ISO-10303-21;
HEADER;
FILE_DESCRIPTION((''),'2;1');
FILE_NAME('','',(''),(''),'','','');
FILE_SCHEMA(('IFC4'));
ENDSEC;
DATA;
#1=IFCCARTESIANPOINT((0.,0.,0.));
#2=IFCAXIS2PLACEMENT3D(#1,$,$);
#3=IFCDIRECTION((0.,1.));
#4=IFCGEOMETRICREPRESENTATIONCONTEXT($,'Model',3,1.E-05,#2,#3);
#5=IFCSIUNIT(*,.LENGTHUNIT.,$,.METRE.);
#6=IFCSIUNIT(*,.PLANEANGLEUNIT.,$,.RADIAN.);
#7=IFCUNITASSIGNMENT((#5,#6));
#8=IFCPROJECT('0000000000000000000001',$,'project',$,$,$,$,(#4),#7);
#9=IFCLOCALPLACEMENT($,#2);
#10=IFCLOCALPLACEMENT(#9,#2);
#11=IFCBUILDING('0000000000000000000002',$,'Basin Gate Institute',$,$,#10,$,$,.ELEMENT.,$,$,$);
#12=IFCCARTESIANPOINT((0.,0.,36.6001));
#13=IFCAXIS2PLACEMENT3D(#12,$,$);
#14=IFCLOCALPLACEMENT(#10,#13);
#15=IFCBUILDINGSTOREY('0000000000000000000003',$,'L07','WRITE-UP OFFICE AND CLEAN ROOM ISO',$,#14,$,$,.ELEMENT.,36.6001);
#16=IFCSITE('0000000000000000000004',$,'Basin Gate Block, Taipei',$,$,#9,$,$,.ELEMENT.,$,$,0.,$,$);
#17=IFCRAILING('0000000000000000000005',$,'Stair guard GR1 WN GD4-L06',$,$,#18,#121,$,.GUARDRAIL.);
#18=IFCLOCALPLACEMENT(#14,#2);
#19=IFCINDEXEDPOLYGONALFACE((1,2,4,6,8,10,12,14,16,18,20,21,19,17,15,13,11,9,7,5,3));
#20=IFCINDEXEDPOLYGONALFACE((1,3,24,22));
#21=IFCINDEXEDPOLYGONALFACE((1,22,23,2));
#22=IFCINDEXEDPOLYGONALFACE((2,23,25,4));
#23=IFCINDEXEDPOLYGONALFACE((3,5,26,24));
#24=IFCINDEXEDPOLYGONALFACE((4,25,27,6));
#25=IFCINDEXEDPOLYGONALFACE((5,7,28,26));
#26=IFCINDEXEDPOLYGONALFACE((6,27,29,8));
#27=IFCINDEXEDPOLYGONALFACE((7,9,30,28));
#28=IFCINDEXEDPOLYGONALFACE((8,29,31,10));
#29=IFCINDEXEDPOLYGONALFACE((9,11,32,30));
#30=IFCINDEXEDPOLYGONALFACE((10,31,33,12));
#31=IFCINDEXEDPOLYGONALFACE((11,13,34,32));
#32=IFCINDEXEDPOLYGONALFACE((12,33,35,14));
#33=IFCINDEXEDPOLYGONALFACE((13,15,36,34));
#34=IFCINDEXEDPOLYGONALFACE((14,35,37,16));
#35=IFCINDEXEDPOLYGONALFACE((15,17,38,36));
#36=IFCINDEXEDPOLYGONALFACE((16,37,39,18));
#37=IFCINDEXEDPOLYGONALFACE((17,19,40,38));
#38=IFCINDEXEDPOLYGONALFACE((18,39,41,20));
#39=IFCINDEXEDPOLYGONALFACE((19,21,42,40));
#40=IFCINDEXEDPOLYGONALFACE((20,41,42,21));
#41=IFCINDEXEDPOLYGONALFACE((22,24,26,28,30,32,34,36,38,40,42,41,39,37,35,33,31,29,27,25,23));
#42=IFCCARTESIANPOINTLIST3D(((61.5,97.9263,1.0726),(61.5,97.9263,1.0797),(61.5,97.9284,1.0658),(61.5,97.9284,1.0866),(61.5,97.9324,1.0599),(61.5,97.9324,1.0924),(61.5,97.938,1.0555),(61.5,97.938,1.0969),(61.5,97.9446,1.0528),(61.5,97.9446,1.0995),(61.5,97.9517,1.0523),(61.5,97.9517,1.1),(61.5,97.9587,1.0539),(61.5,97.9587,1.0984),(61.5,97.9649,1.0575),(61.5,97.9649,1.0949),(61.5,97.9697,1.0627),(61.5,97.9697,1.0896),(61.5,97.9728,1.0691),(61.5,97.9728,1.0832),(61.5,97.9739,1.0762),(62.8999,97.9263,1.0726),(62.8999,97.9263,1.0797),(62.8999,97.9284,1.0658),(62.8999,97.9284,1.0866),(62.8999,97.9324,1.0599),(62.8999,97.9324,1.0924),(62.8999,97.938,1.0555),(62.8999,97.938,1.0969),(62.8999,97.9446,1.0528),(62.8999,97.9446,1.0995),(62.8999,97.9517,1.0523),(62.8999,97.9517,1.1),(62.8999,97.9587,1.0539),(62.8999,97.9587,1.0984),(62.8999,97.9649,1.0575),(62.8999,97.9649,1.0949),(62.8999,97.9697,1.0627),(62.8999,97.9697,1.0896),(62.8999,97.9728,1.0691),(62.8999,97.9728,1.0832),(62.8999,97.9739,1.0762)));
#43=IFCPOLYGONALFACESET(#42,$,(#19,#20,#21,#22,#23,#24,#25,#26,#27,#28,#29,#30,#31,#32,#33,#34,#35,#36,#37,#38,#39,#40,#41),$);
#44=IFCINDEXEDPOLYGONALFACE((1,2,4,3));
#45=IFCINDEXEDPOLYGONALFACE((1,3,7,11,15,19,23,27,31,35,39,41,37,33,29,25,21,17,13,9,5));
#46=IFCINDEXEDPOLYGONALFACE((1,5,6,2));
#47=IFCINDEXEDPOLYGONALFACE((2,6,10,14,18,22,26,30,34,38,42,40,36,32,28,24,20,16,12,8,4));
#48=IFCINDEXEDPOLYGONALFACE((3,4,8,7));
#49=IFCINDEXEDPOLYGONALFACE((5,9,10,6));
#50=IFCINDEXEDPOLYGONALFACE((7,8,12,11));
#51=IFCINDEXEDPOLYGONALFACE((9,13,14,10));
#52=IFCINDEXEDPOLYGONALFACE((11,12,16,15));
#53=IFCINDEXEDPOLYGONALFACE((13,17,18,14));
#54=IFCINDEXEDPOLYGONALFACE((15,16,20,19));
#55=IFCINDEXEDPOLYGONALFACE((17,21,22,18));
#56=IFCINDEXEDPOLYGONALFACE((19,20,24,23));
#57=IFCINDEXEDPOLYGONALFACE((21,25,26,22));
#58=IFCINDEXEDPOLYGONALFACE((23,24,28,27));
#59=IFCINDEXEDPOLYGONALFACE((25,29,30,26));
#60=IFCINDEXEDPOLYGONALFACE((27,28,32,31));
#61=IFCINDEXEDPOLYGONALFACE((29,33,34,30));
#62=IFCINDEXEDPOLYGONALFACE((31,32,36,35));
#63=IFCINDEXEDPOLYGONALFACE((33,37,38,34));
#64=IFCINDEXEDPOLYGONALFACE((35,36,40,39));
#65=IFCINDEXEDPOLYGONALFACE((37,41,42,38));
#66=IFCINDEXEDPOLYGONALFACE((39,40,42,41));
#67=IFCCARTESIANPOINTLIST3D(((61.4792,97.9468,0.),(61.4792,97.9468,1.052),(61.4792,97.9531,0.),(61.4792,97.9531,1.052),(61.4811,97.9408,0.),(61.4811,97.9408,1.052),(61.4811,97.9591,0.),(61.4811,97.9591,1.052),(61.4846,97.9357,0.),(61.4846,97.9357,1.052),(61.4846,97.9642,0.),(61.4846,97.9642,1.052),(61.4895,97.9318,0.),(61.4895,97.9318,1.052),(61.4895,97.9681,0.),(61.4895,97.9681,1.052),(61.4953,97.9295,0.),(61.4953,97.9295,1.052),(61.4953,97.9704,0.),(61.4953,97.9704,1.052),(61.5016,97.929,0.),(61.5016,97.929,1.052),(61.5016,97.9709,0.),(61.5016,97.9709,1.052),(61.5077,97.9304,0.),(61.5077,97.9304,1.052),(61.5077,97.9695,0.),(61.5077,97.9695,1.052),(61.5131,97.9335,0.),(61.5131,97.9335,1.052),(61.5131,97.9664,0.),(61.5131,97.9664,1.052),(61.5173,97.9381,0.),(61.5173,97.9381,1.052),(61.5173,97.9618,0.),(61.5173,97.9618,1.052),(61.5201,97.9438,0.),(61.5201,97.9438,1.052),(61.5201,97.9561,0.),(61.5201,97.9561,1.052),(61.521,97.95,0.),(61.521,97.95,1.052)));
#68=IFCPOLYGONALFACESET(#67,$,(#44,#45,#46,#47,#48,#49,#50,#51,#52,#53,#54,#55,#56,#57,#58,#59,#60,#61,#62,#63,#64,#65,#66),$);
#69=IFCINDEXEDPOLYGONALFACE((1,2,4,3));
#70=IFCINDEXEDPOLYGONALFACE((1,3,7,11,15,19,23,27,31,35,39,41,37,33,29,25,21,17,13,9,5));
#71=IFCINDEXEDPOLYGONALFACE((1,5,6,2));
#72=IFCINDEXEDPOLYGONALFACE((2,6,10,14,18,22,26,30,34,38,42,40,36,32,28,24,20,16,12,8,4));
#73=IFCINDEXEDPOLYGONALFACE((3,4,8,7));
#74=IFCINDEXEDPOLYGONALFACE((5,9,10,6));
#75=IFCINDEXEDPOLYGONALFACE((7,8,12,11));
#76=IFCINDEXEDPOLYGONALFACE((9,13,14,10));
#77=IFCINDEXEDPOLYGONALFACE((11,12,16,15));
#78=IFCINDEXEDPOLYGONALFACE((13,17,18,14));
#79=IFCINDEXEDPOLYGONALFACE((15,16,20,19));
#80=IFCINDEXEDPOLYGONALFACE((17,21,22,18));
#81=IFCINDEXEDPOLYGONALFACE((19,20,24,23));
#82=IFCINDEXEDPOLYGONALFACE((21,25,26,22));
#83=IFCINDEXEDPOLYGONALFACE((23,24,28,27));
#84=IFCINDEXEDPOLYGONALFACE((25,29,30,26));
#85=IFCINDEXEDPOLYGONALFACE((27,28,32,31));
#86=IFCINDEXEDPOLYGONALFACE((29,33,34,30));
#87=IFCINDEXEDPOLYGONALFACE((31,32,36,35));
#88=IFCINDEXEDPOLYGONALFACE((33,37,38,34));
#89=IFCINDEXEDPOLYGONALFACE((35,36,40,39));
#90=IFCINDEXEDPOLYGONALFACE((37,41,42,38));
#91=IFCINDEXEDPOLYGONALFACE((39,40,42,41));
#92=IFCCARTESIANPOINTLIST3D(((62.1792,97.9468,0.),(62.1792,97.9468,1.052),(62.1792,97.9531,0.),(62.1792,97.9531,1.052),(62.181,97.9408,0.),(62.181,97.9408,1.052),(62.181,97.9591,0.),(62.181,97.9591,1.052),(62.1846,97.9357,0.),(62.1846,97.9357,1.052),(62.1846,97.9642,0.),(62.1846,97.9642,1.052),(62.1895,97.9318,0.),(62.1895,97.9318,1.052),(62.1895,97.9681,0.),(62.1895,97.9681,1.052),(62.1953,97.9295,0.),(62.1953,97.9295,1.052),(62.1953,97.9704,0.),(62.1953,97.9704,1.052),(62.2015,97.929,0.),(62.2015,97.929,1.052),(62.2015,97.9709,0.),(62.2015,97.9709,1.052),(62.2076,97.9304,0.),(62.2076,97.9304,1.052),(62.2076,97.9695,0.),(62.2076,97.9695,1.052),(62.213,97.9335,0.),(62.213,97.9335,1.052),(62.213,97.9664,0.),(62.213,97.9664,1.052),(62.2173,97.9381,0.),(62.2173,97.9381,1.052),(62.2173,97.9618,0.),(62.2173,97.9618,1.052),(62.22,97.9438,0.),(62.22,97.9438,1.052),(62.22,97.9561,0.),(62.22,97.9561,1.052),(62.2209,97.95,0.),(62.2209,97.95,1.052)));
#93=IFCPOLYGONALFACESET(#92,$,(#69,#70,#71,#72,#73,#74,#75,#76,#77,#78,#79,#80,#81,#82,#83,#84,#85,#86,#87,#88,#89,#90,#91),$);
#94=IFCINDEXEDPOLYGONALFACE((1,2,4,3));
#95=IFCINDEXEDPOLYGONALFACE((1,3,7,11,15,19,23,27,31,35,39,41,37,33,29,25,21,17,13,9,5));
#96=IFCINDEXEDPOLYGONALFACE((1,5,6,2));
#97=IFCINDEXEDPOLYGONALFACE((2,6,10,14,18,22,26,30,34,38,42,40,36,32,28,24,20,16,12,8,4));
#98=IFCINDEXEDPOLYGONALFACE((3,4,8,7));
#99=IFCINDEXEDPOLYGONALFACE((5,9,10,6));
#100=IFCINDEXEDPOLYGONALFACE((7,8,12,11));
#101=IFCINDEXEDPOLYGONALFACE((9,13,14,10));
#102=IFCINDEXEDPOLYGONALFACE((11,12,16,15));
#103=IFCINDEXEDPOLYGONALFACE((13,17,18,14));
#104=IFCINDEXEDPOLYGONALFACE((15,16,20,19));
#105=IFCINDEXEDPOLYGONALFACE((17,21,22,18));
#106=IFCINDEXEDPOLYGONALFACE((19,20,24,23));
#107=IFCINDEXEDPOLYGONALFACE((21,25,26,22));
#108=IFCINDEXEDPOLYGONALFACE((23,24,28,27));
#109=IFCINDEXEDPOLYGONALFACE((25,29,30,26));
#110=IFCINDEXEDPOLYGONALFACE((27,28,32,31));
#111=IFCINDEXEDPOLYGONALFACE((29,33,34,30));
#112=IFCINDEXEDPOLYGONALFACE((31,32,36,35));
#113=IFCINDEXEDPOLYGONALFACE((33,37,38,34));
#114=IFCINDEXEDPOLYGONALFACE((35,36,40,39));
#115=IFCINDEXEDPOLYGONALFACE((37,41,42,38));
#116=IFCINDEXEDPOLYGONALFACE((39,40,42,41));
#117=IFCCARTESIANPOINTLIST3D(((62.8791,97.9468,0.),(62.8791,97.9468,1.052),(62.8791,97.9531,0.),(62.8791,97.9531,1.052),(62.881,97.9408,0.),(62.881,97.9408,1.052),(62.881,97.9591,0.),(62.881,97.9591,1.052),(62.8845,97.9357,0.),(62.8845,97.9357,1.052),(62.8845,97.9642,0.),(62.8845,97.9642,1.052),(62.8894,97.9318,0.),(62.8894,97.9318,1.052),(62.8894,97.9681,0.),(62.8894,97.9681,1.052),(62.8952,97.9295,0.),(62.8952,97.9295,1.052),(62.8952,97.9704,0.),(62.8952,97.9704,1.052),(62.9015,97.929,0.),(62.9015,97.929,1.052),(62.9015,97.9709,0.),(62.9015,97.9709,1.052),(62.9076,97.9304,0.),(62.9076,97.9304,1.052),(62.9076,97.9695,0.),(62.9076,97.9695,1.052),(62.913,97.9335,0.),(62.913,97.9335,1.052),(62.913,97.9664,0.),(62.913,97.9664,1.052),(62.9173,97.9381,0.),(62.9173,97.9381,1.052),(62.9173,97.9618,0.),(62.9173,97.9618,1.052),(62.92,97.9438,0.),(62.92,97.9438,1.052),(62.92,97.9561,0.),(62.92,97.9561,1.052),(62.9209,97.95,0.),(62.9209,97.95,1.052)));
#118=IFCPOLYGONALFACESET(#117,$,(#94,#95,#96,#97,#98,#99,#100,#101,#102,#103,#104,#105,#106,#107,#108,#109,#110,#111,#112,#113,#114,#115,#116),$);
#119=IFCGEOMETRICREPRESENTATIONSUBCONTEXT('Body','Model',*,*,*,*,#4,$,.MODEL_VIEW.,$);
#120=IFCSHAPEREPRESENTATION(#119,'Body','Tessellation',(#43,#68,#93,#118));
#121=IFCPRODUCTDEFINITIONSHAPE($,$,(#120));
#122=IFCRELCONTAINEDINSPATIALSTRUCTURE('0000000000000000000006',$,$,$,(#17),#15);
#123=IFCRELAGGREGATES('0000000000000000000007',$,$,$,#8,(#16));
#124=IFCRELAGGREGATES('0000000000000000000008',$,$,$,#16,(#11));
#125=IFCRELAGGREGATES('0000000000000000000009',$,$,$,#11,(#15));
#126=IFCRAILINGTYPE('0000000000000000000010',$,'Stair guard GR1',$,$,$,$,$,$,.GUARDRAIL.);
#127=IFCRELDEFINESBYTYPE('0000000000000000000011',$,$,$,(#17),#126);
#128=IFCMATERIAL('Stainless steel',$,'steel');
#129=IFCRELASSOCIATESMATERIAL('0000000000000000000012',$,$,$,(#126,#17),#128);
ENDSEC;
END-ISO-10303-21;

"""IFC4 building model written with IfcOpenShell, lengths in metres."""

from ifc_helpers import new_model, si_unit, direction, frame, origin, origin_2d, place, context, subcontext, project, spatial, circle, extrude, material, type_object, element, save


model = new_model("IFC4")

# Units and contexts
model_context = context("Model", 3, precision=1e-05, world=origin(), true_north=direction((0.0, 1.0)))
body_context = subcontext(model_context, "Body", "Model", "MODEL_VIEW")
ifc_project = project(units=[si_unit("LENGTHUNIT", "METRE"), si_unit("PLANEANGLEUNIT", "RADIAN")], contexts=[model_context])

# Site, building, storey
site_placement = place(None, origin())
site = spatial("IfcSite", under=ifc_project, at=site_placement, Name="Basin Gate Block, Taipei", CompositionType="ELEMENT", RefElevation=0.0)
building_placement = place(site_placement, origin())
building = spatial("IfcBuilding", under=site, at=building_placement, Name="Basin Gate Institute", CompositionType="ELEMENT")
storey_placement = place(building_placement, frame((0.0, 0.0, 36.6001)))
storey = spatial("IfcBuildingStorey", under=building, at=storey_placement, Name="L07", Description="WRITE-UP OFFICE AND CLEAN ROOM ISO", CompositionType="ELEMENT", Elevation=36.6001)

# Railing
ifc_material_1 = material(Name="Stainless steel", Category="steel")
railing_type_1 = type_object("IfcRailingType", Name="Stair guard GR1", PredefinedType="GUARDRAIL", material=ifc_material_1)
railing_1_placement = place(storey_placement, frame((61.5, 97.95, 0.0)))
element("IfcRailing", 1, at=railing_1_placement, inside=storey, type_object=railing_type_1, material=ifc_material_1, Name="Stair guard GR1 WN GD4-L06", PredefinedType="GUARDRAIL", context=body_context, shape_type="SweptSolid", body=[
    extrude(circle(Radius=0.0239, at=origin_2d()), frame((0.0, 0.0, 1.0762), z_axis=(1.0, 0.0, 0.0), x_axis=(0.0, 1.0, 0.0)), (0.0, 0.0, 1.0), 1.3999),
    extrude(circle(Radius=0.021, at=origin_2d()), origin(), (0.0, 0.0, 1.0), 1.052),
    extrude(circle(Radius=0.021, at=origin_2d()), frame((0.7, 0.0, 0.0)), (0.0, 0.0, 1.0), 1.052),
    extrude(circle(Radius=0.021, at=origin_2d()), frame((1.3999, 0.0, 0.0)), (0.0, 0.0, 1.0), 1.052),
])

save(model, "model.ifc")
